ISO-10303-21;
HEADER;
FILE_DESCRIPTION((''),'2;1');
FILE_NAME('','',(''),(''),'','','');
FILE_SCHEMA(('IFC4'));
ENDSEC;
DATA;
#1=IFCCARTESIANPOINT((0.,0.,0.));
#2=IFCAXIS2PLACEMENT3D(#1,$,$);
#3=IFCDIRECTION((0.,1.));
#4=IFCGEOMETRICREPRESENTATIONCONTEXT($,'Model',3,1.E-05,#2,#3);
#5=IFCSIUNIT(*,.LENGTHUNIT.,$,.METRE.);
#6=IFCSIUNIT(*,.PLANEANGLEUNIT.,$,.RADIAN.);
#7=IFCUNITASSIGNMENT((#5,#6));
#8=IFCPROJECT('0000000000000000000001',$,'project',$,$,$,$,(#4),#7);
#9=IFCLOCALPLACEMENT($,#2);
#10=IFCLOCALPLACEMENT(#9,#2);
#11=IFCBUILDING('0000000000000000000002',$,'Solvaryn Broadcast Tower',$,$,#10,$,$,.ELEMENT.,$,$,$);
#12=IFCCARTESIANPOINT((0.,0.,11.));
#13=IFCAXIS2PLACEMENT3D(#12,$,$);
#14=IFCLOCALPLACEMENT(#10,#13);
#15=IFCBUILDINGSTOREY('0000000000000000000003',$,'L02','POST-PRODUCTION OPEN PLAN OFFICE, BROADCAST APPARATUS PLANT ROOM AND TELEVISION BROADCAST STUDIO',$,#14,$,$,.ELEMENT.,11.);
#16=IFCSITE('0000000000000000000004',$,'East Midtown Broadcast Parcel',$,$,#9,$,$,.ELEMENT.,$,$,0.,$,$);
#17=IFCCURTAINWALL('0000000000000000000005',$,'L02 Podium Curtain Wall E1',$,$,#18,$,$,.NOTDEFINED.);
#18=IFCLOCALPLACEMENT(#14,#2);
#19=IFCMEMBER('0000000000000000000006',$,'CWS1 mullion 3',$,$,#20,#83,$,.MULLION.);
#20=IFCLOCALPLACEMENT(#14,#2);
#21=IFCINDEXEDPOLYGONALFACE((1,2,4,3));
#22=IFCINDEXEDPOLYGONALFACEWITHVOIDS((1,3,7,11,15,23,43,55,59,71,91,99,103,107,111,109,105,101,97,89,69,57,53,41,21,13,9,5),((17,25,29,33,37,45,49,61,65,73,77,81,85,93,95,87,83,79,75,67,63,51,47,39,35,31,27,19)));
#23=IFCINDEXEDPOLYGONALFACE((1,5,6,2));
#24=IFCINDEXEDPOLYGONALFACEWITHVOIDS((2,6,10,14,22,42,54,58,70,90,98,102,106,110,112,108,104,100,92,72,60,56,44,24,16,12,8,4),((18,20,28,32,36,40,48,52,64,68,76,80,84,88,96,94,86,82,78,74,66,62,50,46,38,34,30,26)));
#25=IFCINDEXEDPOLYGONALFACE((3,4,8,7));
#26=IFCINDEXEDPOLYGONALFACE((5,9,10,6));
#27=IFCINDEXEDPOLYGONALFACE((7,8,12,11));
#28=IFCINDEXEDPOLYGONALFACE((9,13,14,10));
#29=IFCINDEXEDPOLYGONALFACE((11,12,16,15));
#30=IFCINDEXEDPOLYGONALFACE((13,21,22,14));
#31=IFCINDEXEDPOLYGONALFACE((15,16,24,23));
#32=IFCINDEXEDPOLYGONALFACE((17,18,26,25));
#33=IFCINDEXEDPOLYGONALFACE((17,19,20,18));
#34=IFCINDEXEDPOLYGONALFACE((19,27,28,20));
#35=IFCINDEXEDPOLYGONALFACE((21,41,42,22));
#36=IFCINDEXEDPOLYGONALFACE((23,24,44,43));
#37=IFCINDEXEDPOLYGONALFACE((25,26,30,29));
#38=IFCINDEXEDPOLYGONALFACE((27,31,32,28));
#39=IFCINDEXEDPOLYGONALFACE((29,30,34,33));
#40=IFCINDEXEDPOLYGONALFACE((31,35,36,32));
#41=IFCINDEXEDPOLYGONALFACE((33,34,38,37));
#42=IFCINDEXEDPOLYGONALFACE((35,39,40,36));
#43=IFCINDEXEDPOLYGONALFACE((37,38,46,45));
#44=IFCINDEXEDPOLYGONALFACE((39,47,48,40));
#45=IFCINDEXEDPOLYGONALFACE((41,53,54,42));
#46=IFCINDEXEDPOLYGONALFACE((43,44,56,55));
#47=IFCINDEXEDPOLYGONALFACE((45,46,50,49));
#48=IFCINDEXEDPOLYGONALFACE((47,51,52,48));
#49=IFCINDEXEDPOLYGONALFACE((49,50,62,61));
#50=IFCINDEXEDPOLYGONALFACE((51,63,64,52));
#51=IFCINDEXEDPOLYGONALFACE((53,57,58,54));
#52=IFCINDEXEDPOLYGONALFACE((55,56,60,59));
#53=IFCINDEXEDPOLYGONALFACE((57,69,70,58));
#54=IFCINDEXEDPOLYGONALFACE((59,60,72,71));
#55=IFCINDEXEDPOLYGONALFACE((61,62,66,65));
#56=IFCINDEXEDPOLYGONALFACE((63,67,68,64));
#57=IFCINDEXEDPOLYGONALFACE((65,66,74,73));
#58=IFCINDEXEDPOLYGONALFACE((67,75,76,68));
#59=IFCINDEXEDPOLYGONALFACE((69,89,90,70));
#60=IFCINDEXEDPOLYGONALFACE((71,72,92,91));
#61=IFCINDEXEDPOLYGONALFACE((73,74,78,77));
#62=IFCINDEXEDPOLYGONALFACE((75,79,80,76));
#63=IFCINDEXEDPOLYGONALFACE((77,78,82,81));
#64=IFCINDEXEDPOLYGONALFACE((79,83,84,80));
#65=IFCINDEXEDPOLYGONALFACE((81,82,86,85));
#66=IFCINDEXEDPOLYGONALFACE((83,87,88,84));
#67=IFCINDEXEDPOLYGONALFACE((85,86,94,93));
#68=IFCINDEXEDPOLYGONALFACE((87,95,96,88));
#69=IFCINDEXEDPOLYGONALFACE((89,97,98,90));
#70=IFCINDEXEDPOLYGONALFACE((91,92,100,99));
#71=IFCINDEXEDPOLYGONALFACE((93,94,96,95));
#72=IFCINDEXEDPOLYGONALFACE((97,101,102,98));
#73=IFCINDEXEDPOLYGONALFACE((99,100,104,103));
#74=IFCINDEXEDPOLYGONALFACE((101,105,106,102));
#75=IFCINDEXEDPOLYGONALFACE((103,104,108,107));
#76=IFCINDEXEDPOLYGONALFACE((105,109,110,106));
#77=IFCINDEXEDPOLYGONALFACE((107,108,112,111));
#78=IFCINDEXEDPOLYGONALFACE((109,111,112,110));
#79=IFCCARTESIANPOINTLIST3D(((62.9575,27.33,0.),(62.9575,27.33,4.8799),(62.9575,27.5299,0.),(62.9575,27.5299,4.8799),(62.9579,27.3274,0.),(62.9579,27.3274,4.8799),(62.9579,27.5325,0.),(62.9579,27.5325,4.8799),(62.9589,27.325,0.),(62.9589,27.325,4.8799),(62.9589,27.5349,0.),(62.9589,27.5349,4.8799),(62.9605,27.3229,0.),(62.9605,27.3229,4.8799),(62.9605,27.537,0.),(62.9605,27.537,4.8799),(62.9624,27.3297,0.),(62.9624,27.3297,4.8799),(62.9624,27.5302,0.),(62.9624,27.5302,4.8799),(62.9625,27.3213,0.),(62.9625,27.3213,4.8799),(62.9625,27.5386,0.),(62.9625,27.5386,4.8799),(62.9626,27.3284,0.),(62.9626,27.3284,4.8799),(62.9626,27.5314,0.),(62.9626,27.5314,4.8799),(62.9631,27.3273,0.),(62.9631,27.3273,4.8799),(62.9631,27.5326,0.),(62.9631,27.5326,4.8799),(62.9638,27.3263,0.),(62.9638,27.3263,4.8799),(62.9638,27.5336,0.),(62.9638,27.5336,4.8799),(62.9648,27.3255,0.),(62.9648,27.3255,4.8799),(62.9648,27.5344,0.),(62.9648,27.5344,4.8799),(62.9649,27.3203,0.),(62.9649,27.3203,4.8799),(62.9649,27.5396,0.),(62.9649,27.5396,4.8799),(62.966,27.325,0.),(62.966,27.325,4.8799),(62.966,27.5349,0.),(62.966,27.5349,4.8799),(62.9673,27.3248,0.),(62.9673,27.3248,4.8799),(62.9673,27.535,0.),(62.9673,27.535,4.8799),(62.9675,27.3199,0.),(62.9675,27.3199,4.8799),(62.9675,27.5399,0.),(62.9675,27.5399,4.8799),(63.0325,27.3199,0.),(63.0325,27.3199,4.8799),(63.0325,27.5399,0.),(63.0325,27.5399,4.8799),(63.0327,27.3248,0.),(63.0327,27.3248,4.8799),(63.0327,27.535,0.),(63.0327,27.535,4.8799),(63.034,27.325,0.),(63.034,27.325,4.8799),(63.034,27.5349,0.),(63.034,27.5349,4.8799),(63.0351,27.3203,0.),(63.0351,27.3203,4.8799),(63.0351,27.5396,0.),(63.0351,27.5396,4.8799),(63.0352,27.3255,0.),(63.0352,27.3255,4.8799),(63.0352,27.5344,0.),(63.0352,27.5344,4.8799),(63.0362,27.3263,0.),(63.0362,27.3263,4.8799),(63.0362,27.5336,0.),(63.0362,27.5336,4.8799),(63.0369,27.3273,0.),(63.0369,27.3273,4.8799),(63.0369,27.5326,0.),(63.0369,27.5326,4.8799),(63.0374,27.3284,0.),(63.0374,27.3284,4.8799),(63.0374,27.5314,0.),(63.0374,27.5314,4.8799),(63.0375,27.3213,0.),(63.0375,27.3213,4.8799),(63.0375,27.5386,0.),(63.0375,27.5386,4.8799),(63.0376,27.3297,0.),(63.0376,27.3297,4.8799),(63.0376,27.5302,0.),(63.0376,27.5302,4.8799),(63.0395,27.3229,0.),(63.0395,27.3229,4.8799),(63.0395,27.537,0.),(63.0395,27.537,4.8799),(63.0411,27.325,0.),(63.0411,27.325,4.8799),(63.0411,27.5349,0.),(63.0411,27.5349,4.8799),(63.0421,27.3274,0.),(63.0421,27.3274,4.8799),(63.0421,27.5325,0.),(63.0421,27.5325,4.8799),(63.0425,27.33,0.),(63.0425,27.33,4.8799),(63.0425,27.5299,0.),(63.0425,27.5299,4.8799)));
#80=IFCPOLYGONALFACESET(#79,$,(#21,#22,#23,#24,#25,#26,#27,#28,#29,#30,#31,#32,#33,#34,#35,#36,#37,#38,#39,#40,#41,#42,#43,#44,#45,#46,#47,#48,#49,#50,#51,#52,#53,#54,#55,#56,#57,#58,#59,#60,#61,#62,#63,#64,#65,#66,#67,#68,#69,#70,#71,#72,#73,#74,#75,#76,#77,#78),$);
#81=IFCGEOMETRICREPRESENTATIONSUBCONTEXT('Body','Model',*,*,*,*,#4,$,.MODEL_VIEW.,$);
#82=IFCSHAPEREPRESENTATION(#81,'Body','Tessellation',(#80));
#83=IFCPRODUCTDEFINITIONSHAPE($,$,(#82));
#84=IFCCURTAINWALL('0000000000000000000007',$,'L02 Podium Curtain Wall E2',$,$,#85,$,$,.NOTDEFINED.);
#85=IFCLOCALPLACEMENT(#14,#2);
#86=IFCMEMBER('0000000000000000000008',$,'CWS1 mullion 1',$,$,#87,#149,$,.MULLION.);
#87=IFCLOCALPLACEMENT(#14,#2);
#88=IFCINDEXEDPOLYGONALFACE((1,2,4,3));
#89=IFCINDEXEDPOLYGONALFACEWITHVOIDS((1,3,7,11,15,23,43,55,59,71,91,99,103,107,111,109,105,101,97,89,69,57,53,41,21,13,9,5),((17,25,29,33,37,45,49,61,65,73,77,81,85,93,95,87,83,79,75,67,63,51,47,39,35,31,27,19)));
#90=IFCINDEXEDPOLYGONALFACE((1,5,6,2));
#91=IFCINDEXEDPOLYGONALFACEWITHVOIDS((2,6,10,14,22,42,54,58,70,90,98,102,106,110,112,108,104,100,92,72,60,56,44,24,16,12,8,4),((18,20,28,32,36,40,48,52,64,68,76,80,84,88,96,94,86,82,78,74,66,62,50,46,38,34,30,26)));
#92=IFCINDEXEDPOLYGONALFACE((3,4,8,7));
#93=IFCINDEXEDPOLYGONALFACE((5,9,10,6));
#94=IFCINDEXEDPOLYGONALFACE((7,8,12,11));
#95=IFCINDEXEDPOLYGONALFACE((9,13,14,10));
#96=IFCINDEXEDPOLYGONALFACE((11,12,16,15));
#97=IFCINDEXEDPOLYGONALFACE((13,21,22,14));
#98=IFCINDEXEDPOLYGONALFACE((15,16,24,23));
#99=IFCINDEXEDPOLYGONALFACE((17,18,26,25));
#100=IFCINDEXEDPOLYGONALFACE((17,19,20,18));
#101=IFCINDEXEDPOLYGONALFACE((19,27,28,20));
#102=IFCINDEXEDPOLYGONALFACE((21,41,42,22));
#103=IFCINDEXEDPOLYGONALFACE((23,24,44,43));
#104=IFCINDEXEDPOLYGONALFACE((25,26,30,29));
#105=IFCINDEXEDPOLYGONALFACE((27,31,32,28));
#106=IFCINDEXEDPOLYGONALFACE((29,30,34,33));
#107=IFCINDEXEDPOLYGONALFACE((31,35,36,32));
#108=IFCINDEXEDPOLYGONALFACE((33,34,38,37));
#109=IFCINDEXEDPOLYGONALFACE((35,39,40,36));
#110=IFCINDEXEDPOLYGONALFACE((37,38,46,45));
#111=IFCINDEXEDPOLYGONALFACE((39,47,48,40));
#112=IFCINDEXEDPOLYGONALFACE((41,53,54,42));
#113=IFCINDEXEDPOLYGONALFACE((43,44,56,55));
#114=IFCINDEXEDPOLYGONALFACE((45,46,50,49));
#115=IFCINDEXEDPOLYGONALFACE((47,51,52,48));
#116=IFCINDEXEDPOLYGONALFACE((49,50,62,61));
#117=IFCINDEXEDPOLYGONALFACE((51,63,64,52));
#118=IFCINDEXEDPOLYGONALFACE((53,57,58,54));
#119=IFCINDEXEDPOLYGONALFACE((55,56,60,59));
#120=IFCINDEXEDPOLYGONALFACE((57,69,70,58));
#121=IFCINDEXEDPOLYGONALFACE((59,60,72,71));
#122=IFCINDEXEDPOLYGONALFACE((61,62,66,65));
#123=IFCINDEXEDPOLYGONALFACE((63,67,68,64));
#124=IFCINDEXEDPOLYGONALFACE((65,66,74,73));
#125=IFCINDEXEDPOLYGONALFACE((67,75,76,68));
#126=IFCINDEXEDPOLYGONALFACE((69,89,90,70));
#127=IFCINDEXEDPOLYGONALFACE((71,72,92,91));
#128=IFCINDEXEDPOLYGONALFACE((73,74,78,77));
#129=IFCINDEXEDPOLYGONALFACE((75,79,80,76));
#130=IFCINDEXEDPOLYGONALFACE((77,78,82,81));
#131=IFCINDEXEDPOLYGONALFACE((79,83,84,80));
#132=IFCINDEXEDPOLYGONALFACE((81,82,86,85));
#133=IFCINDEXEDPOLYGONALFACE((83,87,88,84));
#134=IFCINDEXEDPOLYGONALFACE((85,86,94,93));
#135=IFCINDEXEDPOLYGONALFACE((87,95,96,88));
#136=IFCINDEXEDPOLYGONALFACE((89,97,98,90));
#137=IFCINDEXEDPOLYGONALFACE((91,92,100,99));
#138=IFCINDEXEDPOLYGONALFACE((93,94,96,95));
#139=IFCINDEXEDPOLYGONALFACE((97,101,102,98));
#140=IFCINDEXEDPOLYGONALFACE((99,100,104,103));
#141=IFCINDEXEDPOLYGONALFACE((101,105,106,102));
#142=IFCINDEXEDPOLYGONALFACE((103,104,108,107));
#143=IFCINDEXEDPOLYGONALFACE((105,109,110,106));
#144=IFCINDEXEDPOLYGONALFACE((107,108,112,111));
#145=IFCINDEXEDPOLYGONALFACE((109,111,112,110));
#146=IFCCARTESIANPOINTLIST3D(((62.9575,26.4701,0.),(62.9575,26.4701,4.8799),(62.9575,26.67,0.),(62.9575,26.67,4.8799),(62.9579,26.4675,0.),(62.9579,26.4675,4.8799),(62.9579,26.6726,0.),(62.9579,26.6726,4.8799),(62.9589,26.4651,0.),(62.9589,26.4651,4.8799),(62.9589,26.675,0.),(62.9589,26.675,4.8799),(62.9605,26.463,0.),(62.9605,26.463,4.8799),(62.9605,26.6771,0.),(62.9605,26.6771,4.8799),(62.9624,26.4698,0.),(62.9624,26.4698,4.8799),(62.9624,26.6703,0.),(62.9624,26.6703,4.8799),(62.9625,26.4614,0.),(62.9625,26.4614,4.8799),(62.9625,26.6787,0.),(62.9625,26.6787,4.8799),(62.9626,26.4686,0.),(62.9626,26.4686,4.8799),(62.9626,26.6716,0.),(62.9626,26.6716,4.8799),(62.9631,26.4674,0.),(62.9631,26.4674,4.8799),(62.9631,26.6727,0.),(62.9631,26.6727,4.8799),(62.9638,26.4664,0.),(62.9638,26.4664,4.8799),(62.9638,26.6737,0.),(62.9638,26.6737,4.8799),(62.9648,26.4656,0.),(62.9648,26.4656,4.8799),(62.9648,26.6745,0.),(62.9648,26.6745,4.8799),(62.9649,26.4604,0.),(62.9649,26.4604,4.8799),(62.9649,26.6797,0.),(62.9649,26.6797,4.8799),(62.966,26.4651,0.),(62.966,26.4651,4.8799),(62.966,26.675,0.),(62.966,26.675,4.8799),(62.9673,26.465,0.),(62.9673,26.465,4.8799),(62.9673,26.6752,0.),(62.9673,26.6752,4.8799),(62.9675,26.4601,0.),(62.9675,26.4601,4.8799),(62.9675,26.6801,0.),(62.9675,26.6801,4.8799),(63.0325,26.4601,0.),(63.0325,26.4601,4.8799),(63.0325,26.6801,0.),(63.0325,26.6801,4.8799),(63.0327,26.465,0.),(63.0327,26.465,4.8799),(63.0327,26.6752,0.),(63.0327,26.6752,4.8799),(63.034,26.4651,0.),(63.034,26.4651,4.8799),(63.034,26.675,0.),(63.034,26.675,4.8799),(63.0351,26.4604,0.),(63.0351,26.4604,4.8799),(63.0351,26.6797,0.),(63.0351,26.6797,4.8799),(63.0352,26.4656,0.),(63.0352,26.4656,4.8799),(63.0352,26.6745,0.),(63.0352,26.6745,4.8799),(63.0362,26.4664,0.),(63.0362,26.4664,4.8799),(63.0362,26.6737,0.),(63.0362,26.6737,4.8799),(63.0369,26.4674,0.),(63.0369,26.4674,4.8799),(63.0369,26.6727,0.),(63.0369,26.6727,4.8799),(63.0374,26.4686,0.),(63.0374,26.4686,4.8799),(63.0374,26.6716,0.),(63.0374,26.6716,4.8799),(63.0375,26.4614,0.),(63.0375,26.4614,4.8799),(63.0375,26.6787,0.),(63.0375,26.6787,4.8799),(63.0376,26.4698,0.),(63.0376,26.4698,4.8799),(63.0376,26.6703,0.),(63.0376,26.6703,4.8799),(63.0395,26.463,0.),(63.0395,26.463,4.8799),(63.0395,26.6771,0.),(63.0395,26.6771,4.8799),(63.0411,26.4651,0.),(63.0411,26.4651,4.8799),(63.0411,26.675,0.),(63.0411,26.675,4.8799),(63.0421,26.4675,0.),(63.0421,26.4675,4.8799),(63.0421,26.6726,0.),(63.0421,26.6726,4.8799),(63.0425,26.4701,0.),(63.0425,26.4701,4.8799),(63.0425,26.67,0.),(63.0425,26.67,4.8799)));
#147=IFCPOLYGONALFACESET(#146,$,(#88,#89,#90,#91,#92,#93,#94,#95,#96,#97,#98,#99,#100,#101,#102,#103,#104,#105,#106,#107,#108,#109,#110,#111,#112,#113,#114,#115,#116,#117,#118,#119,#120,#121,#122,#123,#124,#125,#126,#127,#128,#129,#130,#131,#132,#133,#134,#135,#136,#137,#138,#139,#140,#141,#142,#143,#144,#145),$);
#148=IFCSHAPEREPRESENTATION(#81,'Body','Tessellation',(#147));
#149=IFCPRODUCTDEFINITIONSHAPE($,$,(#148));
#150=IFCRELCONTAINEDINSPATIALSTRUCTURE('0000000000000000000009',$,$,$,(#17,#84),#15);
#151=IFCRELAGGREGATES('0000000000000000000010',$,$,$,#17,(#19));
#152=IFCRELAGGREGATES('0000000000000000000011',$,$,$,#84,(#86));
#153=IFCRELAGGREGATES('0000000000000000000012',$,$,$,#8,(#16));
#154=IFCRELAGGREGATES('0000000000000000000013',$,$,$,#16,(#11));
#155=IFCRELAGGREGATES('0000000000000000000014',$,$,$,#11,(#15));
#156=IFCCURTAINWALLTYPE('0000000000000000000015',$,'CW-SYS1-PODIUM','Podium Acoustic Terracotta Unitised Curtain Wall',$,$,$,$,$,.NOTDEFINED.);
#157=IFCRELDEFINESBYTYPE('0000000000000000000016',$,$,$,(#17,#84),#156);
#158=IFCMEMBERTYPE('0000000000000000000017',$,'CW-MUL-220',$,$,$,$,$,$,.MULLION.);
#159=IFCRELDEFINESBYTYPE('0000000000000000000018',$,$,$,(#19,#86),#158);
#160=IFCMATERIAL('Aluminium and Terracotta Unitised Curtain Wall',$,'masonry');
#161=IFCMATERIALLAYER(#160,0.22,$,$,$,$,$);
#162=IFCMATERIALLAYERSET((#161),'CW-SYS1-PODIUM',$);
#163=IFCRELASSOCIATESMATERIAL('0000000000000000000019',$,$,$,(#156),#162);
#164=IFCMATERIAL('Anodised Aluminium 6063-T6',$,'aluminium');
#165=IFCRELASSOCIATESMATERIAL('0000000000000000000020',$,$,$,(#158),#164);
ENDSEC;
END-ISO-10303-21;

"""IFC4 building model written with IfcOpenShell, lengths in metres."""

from ifc_helpers import new_model, si_unit, direction, frame, origin, origin_2d, place, context, subcontext, project, spatial, hollow_rectangle, extrude, material, layer, layer_set, material_profile, profile_set, type_object, element, aggregate, save


model = new_model("IFC4")

# Units and contexts
model_context = context("Model", 3, precision=1e-05, world=origin(), true_north=direction((0.0, 1.0)))
body_context = subcontext(model_context, "Body", "Model", "MODEL_VIEW")
ifc_project = project(units=[si_unit("LENGTHUNIT", "METRE"), si_unit("PLANEANGLEUNIT", "RADIAN")], contexts=[model_context])

# Site, building, storey
site_placement = place(None, origin())
site = spatial("IfcSite", under=ifc_project, at=site_placement, Name="East Midtown Broadcast Parcel", CompositionType="ELEMENT", RefElevation=0.0)
building_placement = place(site_placement, origin())
building = spatial("IfcBuilding", under=site, at=building_placement, Name="Solvaryn Broadcast Tower", CompositionType="ELEMENT")
storey_placement = place(building_placement, frame((0.0, 0.0, 11.0)))
storey = spatial("IfcBuildingStorey", under=building, at=storey_placement, Name="L02", Description="POST-PRODUCTION OPEN PLAN OFFICE, BROADCAST APPARATUS PLANT ROOM AND TELEVISION BROADCAST STUDIO", CompositionType="ELEMENT", Elevation=11.0)

# Curtain walls, members
ifc_material_1 = material(Name="Aluminium and Terracotta Unitised Curtain Wall", Category="masonry")
ifc_layer_1 = layer(ifc_material_1, 0.22)
ifc_layer_set_1 = layer_set([ifc_layer_1], Name="CW-SYS1-PODIUM")
curtain_wall_type = type_object("IfcCurtainWallType", Name="CW-SYS1-PODIUM", Description="Podium Acoustic Terracotta Unitised Curtain Wall", PredefinedType="NOTDEFINED", material=ifc_layer_set_1)
curtain_wall_1_placement = place(storey_placement, origin())
curtain_wall_1 = element("IfcCurtainWall", 1, at=curtain_wall_1_placement, inside=storey, type_object=curtain_wall_type, Name="L02 Podium Curtain Wall E1", PredefinedType="NOTDEFINED")
ifc_material_2 = material(Name="Anodised Aluminium 6063-T6", Category="aluminium")
ifc_material_profile_1 = material_profile(ifc_material_2, hollow_rectangle(XDim=0.085, YDim=0.22, WallThickness=0.0049, InnerFilletRadius=0.0049, OuterFilletRadius=0.01, at=origin_2d()))
ifc_profile_set_1 = profile_set([ifc_material_profile_1], Name="Anodised Aluminium 6063-T6")
member_type_1 = type_object("IfcMemberType", Name="CW-MUL-220", PredefinedType="MULLION", material=ifc_profile_set_1)
member_1_placement = place(storey_placement, frame((63.0, 27.4299, 0.0), z_axis=(0.0, 0.0, 1.0), x_axis=(1.0, 0.0, 0.0)))
member_1 = element("IfcMember", 2, at=member_1_placement, type_object=member_type_1, Name="CWS1 mullion 3", PredefinedType="MULLION", context=body_context, shape_type="SweptSolid", body=[
    extrude(hollow_rectangle(XDim=0.085, YDim=0.22, WallThickness=0.0049, InnerFilletRadius=0.0049, OuterFilletRadius=0.01, at=origin_2d()), origin(), (0.0, 0.0, 1.0), 4.8799),
])
curtain_wall_2_placement = place(storey_placement, origin())
curtain_wall_2 = element("IfcCurtainWall", 3, at=curtain_wall_2_placement, inside=storey, type_object=curtain_wall_type, Name="L02 Podium Curtain Wall E2", PredefinedType="NOTDEFINED")
member_2_placement = place(storey_placement, frame((63.0, 26.5701, 0.0), z_axis=(0.0, 0.0, 1.0), x_axis=(1.0, 0.0, 0.0)))
member_2 = element("IfcMember", 4, at=member_2_placement, type_object=member_type_1, Name="CWS1 mullion 1", PredefinedType="MULLION", context=body_context, shape_type="SweptSolid", body=[
    extrude(hollow_rectangle(XDim=0.085, YDim=0.22, WallThickness=0.0049, InnerFilletRadius=0.0049, OuterFilletRadius=0.01, at=origin_2d()), origin(), (0.0, 0.0, 1.0), 4.8799),
])

aggregate(curtain_wall_1, [member_1])
aggregate(curtain_wall_2, [member_2])

save(model, "model.ifc")
